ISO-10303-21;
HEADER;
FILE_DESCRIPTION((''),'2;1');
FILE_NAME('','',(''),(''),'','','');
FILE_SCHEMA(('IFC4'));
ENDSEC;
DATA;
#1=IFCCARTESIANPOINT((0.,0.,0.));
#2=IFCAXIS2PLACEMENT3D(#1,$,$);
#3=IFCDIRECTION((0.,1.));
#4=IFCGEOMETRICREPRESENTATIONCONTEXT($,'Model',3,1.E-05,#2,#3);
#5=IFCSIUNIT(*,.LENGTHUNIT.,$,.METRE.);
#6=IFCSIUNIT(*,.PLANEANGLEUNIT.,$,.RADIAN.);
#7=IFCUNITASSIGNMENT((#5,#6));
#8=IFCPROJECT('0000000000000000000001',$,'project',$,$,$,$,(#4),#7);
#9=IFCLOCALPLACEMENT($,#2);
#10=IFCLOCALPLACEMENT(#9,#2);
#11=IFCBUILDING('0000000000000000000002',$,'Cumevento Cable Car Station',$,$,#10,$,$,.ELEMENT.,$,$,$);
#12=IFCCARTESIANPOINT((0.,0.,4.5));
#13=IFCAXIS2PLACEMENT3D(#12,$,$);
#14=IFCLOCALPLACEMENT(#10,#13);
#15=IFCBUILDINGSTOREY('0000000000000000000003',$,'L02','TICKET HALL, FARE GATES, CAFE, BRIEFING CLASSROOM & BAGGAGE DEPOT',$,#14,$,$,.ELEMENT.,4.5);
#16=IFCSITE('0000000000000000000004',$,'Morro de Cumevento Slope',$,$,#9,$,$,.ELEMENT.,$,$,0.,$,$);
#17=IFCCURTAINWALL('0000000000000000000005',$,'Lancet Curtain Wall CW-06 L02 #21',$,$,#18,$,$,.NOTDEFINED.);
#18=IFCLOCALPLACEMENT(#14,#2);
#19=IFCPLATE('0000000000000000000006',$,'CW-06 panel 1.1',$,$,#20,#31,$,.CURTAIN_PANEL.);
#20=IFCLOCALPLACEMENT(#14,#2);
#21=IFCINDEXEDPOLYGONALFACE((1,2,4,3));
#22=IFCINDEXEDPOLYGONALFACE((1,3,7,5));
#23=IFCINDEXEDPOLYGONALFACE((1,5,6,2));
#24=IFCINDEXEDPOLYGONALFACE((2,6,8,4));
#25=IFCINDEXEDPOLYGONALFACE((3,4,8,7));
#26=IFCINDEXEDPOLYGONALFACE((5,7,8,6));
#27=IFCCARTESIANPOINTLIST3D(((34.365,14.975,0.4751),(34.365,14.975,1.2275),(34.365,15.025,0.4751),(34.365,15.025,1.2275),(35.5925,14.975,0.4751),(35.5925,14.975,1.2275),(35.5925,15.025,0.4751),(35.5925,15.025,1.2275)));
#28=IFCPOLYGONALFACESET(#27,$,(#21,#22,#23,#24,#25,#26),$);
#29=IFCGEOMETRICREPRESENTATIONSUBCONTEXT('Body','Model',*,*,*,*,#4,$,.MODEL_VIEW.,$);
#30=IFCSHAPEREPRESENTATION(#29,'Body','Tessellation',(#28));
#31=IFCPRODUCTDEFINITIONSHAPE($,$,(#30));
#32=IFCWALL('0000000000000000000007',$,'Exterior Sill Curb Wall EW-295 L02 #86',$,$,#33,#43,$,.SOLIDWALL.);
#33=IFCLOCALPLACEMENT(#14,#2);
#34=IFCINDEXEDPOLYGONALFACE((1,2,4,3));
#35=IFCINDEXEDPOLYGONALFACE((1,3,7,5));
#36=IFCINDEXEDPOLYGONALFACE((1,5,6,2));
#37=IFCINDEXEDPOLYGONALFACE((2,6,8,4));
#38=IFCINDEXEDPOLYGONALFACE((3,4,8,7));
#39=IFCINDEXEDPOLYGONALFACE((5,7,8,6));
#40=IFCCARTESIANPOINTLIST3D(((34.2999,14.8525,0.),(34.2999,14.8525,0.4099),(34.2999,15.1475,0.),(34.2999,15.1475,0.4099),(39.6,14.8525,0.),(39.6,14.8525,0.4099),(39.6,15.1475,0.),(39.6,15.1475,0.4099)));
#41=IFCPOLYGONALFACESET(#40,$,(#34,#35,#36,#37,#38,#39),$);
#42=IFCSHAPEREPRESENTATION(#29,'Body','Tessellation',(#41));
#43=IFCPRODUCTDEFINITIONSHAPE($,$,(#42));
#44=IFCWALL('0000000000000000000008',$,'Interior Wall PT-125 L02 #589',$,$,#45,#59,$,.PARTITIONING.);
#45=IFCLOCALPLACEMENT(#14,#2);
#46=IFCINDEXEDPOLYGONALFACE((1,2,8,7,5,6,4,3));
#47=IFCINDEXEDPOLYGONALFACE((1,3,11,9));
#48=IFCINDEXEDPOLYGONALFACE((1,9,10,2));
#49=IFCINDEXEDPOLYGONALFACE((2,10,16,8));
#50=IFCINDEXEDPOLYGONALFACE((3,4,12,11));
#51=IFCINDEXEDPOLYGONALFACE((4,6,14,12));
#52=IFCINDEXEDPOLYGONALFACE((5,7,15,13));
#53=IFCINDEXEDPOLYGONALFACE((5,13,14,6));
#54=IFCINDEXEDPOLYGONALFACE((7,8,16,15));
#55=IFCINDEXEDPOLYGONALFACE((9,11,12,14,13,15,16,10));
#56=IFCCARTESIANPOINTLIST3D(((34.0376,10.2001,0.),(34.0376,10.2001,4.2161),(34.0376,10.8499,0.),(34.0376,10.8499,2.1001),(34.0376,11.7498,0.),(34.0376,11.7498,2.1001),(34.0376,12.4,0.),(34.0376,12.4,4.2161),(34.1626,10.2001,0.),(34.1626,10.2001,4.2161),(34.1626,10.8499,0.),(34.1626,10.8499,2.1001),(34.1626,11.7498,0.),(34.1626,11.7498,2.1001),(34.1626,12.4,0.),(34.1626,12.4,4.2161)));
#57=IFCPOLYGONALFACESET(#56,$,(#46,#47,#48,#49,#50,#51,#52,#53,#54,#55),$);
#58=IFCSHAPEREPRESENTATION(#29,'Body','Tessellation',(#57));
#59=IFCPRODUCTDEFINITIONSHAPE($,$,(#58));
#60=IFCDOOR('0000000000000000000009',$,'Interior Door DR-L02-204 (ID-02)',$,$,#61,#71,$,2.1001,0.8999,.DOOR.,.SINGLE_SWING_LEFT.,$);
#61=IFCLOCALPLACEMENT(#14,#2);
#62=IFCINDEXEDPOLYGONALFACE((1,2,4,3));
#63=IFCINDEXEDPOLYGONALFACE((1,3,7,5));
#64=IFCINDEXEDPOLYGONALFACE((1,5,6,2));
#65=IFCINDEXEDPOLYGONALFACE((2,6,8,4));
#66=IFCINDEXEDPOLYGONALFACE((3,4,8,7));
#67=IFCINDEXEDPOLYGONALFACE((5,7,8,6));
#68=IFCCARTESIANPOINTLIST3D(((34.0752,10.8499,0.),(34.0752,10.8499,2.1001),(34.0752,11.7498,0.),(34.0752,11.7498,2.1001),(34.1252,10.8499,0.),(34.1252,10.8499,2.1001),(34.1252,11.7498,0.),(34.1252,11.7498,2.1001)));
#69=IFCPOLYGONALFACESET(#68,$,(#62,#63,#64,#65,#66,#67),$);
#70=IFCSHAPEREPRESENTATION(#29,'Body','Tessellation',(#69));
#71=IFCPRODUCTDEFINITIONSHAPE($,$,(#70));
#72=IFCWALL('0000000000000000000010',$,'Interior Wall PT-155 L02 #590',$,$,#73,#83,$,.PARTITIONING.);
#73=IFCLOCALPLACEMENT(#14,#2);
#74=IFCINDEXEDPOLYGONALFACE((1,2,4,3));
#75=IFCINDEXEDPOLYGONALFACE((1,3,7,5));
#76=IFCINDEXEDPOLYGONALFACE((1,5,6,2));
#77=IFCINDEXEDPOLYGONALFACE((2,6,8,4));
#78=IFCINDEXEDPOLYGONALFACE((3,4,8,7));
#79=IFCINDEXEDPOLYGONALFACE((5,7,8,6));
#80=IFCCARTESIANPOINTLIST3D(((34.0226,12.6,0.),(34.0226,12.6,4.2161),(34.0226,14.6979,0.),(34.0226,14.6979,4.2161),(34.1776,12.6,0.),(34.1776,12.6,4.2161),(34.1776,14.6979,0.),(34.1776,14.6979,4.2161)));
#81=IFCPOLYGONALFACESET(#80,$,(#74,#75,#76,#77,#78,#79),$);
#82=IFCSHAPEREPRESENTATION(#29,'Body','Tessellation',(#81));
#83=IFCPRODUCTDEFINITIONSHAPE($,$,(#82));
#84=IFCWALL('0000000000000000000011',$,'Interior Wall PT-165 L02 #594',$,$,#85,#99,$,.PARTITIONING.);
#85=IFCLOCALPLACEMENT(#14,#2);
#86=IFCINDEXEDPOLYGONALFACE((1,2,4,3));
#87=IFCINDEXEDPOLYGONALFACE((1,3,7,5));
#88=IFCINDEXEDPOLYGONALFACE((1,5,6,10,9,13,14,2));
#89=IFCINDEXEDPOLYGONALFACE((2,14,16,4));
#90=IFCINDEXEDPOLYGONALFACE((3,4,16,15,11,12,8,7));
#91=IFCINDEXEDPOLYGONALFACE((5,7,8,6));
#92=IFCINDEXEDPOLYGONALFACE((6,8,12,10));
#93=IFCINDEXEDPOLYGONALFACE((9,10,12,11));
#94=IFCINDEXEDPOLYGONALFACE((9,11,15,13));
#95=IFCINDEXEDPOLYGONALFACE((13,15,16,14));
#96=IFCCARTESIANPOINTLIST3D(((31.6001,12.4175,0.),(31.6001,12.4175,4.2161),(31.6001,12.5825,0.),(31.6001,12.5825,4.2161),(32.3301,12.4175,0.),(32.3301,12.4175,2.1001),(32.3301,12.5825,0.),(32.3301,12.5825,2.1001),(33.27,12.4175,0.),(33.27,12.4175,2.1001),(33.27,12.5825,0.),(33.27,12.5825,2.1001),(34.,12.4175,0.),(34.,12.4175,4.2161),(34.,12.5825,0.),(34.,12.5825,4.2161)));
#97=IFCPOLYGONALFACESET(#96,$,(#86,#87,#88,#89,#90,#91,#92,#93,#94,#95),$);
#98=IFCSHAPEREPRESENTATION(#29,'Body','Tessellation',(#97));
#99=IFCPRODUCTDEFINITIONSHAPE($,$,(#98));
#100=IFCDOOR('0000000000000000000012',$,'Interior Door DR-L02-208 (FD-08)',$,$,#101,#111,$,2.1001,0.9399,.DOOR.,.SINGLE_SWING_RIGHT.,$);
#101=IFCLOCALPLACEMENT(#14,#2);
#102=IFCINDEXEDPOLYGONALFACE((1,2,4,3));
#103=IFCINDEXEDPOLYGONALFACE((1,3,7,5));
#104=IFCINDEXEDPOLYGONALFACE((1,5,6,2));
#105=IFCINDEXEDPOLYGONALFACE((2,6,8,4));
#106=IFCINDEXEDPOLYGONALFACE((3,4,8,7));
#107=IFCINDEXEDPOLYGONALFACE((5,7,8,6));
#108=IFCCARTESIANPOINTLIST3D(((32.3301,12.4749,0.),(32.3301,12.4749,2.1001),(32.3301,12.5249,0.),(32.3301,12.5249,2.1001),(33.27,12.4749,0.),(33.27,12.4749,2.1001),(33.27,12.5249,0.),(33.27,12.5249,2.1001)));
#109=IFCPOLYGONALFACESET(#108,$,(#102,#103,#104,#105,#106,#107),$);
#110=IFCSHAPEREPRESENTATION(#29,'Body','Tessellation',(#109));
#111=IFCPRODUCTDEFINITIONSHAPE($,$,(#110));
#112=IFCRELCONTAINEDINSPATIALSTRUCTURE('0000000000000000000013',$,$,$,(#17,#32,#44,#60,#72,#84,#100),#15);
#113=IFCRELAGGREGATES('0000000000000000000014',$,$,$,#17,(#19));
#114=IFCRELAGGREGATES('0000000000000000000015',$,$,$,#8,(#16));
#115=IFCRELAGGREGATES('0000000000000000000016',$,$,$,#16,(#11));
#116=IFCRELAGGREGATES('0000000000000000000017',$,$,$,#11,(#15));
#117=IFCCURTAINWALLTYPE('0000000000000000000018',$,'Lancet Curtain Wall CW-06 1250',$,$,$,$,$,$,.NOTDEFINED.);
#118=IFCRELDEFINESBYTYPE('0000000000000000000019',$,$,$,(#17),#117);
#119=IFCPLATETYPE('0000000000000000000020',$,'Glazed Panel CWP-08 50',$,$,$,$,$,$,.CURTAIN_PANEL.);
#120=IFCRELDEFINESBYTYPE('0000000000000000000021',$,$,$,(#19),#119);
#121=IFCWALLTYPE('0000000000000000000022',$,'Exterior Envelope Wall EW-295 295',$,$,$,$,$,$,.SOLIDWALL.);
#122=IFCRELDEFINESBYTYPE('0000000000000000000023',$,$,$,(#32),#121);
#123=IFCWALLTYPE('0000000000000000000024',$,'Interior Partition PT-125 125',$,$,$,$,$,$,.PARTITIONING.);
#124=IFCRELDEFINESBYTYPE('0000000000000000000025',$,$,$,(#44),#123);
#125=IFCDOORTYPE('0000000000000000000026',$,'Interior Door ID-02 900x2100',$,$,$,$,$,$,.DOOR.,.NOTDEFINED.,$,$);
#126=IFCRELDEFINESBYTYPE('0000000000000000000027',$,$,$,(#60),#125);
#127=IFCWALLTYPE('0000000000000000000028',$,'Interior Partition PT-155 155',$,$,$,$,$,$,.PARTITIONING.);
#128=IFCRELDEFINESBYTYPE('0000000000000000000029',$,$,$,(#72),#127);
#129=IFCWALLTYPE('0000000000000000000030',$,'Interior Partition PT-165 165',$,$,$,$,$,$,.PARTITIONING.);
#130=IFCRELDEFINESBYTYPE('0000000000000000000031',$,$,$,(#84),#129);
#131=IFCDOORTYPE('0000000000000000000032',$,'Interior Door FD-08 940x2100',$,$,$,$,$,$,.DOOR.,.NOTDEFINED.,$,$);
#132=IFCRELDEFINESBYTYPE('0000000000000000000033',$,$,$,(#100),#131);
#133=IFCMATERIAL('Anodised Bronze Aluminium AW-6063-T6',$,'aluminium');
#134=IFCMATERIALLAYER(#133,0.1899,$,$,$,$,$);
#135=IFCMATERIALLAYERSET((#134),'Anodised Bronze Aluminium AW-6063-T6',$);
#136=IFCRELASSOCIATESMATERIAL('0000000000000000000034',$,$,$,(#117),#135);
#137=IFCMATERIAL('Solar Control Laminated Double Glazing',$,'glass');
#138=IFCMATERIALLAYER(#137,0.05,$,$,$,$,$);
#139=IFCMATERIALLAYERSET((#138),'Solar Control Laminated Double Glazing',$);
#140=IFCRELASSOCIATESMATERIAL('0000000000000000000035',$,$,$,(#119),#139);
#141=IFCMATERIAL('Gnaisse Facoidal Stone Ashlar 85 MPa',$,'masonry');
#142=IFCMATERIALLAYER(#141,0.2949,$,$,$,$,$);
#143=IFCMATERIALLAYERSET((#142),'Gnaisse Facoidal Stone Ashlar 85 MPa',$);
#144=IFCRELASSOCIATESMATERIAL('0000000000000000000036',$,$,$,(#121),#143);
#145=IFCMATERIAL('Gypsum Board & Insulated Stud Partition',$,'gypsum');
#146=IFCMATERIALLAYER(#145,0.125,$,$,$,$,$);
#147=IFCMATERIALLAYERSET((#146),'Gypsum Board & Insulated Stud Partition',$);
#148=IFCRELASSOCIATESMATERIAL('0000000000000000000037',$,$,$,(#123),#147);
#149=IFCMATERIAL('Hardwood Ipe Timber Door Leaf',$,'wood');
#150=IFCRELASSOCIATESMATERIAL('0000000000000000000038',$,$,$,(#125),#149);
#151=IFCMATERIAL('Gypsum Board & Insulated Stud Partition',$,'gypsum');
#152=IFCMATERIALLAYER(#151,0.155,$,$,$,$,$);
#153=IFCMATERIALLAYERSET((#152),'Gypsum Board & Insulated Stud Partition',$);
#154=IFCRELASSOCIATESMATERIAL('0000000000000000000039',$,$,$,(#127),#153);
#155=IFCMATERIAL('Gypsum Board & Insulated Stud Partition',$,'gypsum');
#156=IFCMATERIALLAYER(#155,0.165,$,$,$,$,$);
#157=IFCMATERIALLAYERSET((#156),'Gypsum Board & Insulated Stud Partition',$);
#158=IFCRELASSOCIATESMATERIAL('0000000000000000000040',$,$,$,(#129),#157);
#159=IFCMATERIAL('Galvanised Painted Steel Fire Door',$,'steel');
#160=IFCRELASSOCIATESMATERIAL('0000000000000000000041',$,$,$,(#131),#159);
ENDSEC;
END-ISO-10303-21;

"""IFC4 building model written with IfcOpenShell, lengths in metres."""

from ifc_helpers import new_model, si_unit, direction, frame, frame_2d, origin, origin_2d, place, context, subcontext, project, spatial, rectangle, extrude, material, layer, layer_set, type_object, element, fill, aggregate, save


model = new_model("IFC4")

# Units and contexts
model_context = context("Model", 3, precision=1e-05, world=origin(), true_north=direction((0.0, 1.0)))
body_context = subcontext(model_context, "Body", "Model", "MODEL_VIEW")
ifc_project = project(units=[si_unit("LENGTHUNIT", "METRE"), si_unit("PLANEANGLEUNIT", "RADIAN")], contexts=[model_context])

# Site, building, storey
site_placement = place(None, origin())
site = spatial("IfcSite", under=ifc_project, at=site_placement, Name="Morro de Cumevento Slope", CompositionType="ELEMENT", RefElevation=0.0)
building_placement = place(site_placement, origin())
building = spatial("IfcBuilding", under=site, at=building_placement, Name="Cumevento Cable Car Station", CompositionType="ELEMENT")
storey_placement = place(building_placement, frame((0.0, 0.0, 4.5)))
storey = spatial("IfcBuildingStorey", under=building, at=storey_placement, Name="L02", Description="TICKET HALL, FARE GATES, CAFE, BRIEFING CLASSROOM & BAGGAGE DEPOT", CompositionType="ELEMENT", Elevation=4.5)

# Curtain wall
ifc_material_1 = material(Name="Anodised Bronze Aluminium AW-6063-T6", Category="aluminium")
ifc_layer_1 = layer(ifc_material_1, 0.1899)
ifc_layer_set_1 = layer_set([ifc_layer_1], Name="Anodised Bronze Aluminium AW-6063-T6")
curtain_wall_type_1 = type_object("IfcCurtainWallType", Name="Lancet Curtain Wall CW-06 1250", PredefinedType="NOTDEFINED", material=ifc_layer_set_1)
curtain_wall_1_placement = place(storey_placement, origin())
curtain_wall_1 = element("IfcCurtainWall", 1, at=curtain_wall_1_placement, inside=storey, type_object=curtain_wall_type_1, Name="Lancet Curtain Wall CW-06 L02 #21", PredefinedType="NOTDEFINED")

# Plate
ifc_material_2 = material(Name="Solar Control Laminated Double Glazing", Category="glass")
ifc_layer_2 = layer(ifc_material_2, 0.05)
ifc_layer_set_2 = layer_set([ifc_layer_2], Name="Solar Control Laminated Double Glazing")
plate_type_1 = type_object("IfcPlateType", Name="Glazed Panel CWP-08 50", PredefinedType="CURTAIN_PANEL", material=ifc_layer_set_2)
plate_1_placement = place(storey_placement, frame((34.9788, 15.0, 0.4751), z_axis=(0.0, 0.0, 1.0), x_axis=(1.0, 0.0, 0.0)))
plate_1 = element("IfcPlate", 2, at=plate_1_placement, type_object=plate_type_1, Name="CW-06 panel 1.1", PredefinedType="CURTAIN_PANEL", context=body_context, shape_type="SweptSolid", body=[
    extrude(rectangle(XDim=1.2275, YDim=0.05, at=origin_2d()), origin(), (0.0, 0.0, 1.0), 0.7524),
])
aggregate(curtain_wall_1, [plate_1])

# Wall
ifc_material_3 = material(Name="Gnaisse Facoidal Stone Ashlar 85 MPa", Category="masonry")
ifc_layer_3 = layer(ifc_material_3, 0.2949)
ifc_layer_set_3 = layer_set([ifc_layer_3], Name="Gnaisse Facoidal Stone Ashlar 85 MPa")
wall_type_1 = type_object("IfcWallType", Name="Exterior Envelope Wall EW-295 295", PredefinedType="SOLIDWALL", material=ifc_layer_set_3)
wall_1_placement = place(storey_placement, frame((34.3, 15.0, 0.0), z_axis=(0.0, 0.0, 1.0), x_axis=(1.0, 0.0, 0.0)))
element("IfcWall", 3, at=wall_1_placement, inside=storey, type_object=wall_type_1, Name="Exterior Sill Curb Wall EW-295 L02 #86", PredefinedType="SOLIDWALL", context=body_context, shape_type="SweptSolid", body=[
    extrude(rectangle(XDim=5.3, YDim=0.2949, at=frame_2d((2.6499, 0.0))), origin(), (0.0, 0.0, 1.0), 0.4099),
])

# Wall, opening, door
ifc_material_4 = material(Name="Gypsum Board & Insulated Stud Partition", Category="gypsum")
ifc_layer_4 = layer(ifc_material_4, 0.125)
ifc_layer_set_4 = layer_set([ifc_layer_4], Name="Gypsum Board & Insulated Stud Partition")
wall_type_2 = type_object("IfcWallType", Name="Interior Partition PT-125 125", PredefinedType="PARTITIONING", material=ifc_layer_set_4)
wall_2_placement = place(storey_placement, frame((34.1001, 10.2, 0.0), z_axis=(0.0, 0.0, 1.0), x_axis=(0.0, 1.0, 0.0)))
wall_2 = element("IfcWall", 4, at=wall_2_placement, inside=storey, type_object=wall_type_2, Name="Interior Wall PT-125 L02 #589", PredefinedType="PARTITIONING", context=body_context, shape_type="SweptSolid", body=[
    extrude(rectangle(XDim=2.2, YDim=0.125, at=frame_2d((1.1001, 0.0))), origin(), (0.0, 0.0, 1.0), 4.2161),
])
opening_1_placement = place(wall_2_placement, frame((0.6499, 0.0, 0.0)))
opening_1 = element("IfcOpeningElement", 5, at=opening_1_placement, cuts=wall_2, PredefinedType="OPENING", context=body_context, shape_type="SweptSolid", body=[
    extrude(rectangle(XDim=0.8999, YDim=2.1001, at=frame_2d((0.45, 1.05))), frame((0.0, 0.0725, 0.0), z_axis=(0.0, -1.0, 0.0), x_axis=(1.0, 0.0, 0.0)), (0.0, 0.0, 1.0), 0.145),
])
ifc_material_5 = material(Name="Hardwood Ipe Timber Door Leaf", Category="wood")
door_type_1 = type_object("IfcDoorType", Name="Interior Door ID-02 900x2100", OperationType="NOTDEFINED", PredefinedType="DOOR", material=ifc_material_5)
door_1_placement = place(opening_1_placement, origin())
door_1 = element("IfcDoor", 6, at=door_1_placement, inside=storey, type_object=door_type_1, Name="Interior Door DR-L02-204 (ID-02)", OperationType="SINGLE_SWING_LEFT", OverallHeight=2.1001, OverallWidth=0.8999, PredefinedType="DOOR", context=body_context, shape_type="SweptSolid", body=[
    extrude(rectangle(XDim=0.8999, YDim=2.1001, at=frame_2d((0.45, 1.05))), frame((0.0, 0.0249, 0.0), z_axis=(0.0, -1.0, 0.0), x_axis=(1.0, 0.0, 0.0)), (0.0, 0.0, 1.0), 0.05),
])
fill(opening_1, door_1)

# Wall
ifc_material_6 = material(Name="Gypsum Board & Insulated Stud Partition", Category="gypsum")
ifc_layer_5 = layer(ifc_material_6, 0.155)
ifc_layer_set_5 = layer_set([ifc_layer_5], Name="Gypsum Board & Insulated Stud Partition")
wall_type_3 = type_object("IfcWallType", Name="Interior Partition PT-155 155", PredefinedType="PARTITIONING", material=ifc_layer_set_5)
wall_3_placement = place(storey_placement, frame((34.1001, 12.6001, 0.0), z_axis=(0.0, 0.0, 1.0), x_axis=(0.0, 1.0, 0.0)))
element("IfcWall", 7, at=wall_3_placement, inside=storey, type_object=wall_type_3, Name="Interior Wall PT-155 L02 #590", PredefinedType="PARTITIONING", context=body_context, shape_type="SweptSolid", body=[
    extrude(rectangle(XDim=2.0979, YDim=0.155, at=frame_2d((1.0488, 0.0))), origin(), (0.0, 0.0, 1.0), 4.2161),
])

# Wall, opening, door
ifc_material_7 = material(Name="Gypsum Board & Insulated Stud Partition", Category="gypsum")
ifc_layer_6 = layer(ifc_material_7, 0.165)
ifc_layer_set_6 = layer_set([ifc_layer_6], Name="Gypsum Board & Insulated Stud Partition")
wall_type_4 = type_object("IfcWallType", Name="Interior Partition PT-165 165", PredefinedType="PARTITIONING", material=ifc_layer_set_6)
wall_4_placement = place(storey_placement, frame((31.6001, 12.5, 0.0), z_axis=(0.0, 0.0, 1.0), x_axis=(1.0, 0.0, 0.0)))
wall_4 = element("IfcWall", 8, at=wall_4_placement, inside=storey, type_object=wall_type_4, Name="Interior Wall PT-165 L02 #594", PredefinedType="PARTITIONING", context=body_context, shape_type="SweptSolid", body=[
    extrude(rectangle(XDim=2.3999, YDim=0.165, at=frame_2d((1.2, 0.0))), origin(), (0.0, 0.0, 1.0), 4.2161),
])
opening_2_placement = place(wall_4_placement, frame((0.73, 0.0, 0.0)))
opening_2 = element("IfcOpeningElement", 9, at=opening_2_placement, cuts=wall_4, PredefinedType="OPENING", context=body_context, shape_type="SweptSolid", body=[
    extrude(rectangle(XDim=0.9399, YDim=2.1001, at=frame_2d((0.47, 1.05))), frame((0.0, 0.0925, 0.0), z_axis=(0.0, -1.0, 0.0), x_axis=(1.0, 0.0, 0.0)), (0.0, 0.0, 1.0), 0.1851),
])
ifc_material_8 = material(Name="Galvanised Painted Steel Fire Door", Category="steel")
door_type_2 = type_object("IfcDoorType", Name="Interior Door FD-08 940x2100", OperationType="NOTDEFINED", PredefinedType="DOOR", material=ifc_material_8)
door_2_placement = place(opening_2_placement, origin())
door_2 = element("IfcDoor", 10, at=door_2_placement, inside=storey, type_object=door_type_2, Name="Interior Door DR-L02-208 (FD-08)", OperationType="SINGLE_SWING_RIGHT", OverallHeight=2.1001, OverallWidth=0.9399, PredefinedType="DOOR", context=body_context, shape_type="SweptSolid", body=[
    extrude(rectangle(XDim=0.9399, YDim=2.1001, at=frame_2d((0.47, 1.05))), frame((0.0, 0.0249, 0.0), z_axis=(0.0, -1.0, 0.0), x_axis=(1.0, 0.0, 0.0)), (0.0, 0.0, 1.0), 0.05),
])
fill(opening_2, door_2)

save(model, "model.ifc")
